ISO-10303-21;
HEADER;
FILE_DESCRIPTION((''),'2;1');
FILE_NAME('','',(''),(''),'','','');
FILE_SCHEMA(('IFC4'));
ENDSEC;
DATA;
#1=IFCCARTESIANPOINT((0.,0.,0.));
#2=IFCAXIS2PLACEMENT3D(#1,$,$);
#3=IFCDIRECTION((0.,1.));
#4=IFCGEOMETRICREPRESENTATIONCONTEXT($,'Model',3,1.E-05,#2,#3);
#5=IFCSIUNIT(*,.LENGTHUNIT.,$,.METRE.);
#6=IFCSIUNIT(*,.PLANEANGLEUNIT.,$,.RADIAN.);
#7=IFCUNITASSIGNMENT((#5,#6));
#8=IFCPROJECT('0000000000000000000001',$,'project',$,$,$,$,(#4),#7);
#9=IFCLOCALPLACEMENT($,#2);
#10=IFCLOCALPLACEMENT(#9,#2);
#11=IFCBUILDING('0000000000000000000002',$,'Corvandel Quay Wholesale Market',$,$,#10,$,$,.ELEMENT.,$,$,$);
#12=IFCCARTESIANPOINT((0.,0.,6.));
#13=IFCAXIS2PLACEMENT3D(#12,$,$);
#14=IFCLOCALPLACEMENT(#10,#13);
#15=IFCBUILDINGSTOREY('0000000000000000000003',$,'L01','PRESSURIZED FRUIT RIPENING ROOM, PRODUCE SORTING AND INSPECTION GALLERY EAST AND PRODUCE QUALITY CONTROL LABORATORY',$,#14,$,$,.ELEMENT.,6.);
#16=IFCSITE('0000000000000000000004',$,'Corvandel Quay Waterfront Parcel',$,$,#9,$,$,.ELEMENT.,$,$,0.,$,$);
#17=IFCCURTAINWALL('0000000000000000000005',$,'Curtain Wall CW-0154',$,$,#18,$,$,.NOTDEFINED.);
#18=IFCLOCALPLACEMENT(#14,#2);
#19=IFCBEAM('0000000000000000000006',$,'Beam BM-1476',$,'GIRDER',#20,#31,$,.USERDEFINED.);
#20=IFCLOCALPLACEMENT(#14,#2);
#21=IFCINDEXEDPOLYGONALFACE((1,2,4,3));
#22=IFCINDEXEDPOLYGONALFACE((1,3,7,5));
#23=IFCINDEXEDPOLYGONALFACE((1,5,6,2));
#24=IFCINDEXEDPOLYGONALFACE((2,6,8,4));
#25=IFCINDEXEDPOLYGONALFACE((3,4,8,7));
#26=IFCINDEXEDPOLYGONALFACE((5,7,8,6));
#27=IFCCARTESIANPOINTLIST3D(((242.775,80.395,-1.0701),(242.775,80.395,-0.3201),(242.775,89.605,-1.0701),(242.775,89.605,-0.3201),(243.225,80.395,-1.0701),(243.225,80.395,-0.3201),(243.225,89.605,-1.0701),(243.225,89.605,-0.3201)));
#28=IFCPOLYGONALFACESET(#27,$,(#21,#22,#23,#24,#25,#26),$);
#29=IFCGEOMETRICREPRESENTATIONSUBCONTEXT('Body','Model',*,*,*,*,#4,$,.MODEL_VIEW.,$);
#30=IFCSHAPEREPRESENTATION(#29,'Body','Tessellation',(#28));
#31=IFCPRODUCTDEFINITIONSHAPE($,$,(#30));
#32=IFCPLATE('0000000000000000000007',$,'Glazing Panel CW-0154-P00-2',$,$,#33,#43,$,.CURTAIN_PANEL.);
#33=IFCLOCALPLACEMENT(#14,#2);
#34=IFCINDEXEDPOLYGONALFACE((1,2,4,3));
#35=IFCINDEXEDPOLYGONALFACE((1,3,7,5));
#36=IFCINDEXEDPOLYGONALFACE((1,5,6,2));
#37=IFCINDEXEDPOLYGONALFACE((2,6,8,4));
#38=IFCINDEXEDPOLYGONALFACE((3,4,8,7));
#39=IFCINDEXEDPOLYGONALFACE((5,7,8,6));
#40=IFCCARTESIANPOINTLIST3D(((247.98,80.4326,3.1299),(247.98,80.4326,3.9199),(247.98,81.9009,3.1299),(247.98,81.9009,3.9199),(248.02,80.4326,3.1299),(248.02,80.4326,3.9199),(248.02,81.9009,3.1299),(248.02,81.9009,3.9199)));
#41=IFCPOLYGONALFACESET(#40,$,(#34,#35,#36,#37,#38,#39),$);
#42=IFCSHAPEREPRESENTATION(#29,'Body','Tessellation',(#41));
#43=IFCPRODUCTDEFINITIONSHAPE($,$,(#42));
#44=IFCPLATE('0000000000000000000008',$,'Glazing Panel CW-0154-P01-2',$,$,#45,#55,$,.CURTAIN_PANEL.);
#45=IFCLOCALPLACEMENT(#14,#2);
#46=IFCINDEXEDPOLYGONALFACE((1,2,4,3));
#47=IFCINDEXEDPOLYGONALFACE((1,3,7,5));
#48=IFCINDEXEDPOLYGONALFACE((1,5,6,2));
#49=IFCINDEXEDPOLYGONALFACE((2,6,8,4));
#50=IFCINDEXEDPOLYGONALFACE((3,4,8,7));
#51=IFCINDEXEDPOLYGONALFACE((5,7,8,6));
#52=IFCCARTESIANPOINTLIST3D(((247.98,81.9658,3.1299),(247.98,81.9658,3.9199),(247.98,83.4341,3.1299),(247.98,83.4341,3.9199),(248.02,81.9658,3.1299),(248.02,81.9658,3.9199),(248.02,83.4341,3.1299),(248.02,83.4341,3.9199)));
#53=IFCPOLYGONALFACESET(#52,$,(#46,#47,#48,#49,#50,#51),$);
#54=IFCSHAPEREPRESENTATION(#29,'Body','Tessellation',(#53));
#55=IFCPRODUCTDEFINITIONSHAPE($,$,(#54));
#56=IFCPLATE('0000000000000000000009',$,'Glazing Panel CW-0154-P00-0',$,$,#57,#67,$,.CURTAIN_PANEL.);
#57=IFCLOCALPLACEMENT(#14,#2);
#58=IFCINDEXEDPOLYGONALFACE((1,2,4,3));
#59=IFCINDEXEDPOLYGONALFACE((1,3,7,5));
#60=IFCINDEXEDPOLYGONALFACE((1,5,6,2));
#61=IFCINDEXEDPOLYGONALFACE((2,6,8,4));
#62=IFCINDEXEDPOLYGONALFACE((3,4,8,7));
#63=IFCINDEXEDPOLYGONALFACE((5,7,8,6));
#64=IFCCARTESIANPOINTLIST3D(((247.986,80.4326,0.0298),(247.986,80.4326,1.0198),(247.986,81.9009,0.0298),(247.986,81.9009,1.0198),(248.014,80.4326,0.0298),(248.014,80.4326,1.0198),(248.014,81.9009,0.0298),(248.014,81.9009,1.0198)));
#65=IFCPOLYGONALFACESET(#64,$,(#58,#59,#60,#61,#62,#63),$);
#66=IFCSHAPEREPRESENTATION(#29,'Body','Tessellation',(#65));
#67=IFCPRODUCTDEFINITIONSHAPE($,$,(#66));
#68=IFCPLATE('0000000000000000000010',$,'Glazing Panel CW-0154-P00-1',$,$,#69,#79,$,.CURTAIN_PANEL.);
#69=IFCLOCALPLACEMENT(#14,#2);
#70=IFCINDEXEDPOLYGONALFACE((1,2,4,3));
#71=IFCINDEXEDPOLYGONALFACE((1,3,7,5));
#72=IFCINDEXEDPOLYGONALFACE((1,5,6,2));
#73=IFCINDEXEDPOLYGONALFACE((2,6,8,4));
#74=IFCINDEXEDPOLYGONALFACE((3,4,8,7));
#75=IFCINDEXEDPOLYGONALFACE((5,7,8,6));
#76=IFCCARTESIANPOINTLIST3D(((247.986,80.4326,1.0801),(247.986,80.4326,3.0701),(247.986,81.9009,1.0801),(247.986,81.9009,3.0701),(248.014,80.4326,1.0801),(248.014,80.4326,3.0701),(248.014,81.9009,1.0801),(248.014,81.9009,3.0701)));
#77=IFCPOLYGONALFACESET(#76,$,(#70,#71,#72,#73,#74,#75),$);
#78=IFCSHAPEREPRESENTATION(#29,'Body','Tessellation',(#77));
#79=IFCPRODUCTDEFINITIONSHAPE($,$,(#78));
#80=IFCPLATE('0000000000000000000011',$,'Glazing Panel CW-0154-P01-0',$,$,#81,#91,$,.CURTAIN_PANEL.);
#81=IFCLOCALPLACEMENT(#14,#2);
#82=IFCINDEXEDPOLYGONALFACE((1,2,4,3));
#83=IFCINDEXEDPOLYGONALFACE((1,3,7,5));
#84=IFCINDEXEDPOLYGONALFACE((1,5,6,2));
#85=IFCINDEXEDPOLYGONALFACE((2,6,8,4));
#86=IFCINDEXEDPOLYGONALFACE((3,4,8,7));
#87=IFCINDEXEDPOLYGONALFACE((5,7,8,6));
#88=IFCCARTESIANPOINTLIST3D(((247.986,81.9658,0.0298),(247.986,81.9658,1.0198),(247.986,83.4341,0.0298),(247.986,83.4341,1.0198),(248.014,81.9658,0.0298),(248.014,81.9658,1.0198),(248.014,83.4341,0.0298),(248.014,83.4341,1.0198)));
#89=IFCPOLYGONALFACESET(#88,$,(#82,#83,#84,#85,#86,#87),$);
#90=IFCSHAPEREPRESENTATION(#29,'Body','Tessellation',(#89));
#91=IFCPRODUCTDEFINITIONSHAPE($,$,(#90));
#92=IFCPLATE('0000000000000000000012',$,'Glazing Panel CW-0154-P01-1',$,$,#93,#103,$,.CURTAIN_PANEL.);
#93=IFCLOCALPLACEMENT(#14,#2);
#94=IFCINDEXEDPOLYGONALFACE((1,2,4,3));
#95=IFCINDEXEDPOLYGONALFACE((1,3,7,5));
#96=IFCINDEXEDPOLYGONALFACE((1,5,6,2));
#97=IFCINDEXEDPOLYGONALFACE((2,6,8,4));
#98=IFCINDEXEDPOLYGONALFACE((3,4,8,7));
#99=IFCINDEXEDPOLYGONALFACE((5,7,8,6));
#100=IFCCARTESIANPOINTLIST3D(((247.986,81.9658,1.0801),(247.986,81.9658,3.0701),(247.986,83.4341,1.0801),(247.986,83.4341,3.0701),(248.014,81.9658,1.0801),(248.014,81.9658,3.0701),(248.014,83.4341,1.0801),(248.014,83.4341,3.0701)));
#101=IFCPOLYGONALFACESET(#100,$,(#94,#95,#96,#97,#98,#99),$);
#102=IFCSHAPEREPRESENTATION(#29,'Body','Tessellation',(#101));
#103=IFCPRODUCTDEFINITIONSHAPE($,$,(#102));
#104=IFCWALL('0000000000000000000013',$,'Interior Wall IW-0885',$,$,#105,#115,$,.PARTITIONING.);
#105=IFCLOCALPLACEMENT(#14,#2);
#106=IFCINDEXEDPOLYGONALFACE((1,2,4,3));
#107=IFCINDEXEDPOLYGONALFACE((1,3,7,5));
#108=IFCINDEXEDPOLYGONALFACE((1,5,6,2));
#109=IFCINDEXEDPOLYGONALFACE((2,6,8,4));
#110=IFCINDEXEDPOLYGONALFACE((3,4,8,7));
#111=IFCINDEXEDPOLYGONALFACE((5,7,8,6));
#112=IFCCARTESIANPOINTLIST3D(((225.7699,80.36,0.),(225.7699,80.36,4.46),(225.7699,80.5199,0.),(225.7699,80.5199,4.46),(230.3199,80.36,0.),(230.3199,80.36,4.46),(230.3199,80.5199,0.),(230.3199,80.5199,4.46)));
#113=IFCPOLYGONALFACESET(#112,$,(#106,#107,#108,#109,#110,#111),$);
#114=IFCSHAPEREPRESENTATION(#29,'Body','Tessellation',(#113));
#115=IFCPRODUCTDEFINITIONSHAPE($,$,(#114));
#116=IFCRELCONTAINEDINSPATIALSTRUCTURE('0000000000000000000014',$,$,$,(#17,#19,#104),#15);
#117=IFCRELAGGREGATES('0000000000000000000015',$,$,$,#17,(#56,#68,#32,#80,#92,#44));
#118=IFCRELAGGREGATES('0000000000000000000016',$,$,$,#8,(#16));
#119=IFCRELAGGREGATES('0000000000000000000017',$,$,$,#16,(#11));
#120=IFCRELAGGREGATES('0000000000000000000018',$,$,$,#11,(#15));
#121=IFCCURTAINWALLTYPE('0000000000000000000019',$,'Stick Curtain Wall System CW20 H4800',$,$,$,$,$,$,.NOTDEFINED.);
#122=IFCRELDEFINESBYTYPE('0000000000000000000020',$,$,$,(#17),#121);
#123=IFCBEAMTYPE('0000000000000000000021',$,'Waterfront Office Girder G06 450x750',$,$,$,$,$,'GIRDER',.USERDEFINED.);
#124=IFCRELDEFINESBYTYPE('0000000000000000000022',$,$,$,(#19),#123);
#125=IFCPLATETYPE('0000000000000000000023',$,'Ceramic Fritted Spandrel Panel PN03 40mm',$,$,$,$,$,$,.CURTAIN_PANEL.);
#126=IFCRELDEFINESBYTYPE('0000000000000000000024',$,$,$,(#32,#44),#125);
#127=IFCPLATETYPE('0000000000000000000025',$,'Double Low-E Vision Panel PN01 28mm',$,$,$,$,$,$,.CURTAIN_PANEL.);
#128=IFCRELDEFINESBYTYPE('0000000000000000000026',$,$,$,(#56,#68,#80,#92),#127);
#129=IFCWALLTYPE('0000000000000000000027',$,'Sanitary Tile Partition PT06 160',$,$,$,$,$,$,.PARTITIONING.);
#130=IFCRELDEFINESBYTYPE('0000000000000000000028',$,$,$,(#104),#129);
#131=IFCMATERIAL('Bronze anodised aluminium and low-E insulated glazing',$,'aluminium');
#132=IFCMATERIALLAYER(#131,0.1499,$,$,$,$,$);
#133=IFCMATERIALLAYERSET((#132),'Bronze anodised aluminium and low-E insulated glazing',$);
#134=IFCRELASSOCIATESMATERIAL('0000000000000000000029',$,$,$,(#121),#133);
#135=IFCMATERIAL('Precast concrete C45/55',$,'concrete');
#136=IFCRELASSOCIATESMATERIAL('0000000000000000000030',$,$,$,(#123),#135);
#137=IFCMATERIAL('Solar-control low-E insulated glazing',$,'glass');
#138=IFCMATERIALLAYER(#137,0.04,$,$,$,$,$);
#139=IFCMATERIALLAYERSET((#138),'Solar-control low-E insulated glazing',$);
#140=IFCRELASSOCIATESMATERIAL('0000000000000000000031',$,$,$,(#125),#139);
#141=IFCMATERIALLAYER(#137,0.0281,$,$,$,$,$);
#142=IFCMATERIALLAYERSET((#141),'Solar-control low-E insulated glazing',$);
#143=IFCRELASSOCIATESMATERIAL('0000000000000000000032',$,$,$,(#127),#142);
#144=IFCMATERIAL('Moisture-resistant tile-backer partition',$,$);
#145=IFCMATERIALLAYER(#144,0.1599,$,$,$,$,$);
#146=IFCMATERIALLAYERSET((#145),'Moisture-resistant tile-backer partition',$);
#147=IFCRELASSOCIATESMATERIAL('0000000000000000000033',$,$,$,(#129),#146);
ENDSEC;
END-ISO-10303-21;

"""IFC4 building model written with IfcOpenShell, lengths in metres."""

from ifc_helpers import new_model, si_unit, direction, frame, frame_2d, origin, origin_2d, place, context, subcontext, project, spatial, rectangle, extrude, material, layer, layer_set, material_profile, profile_set, type_object, element, aggregate, save


model = new_model("IFC4")

# Units and contexts
model_context = context("Model", 3, precision=1e-05, world=origin(), true_north=direction((0.0, 1.0)))
body_context = subcontext(model_context, "Body", "Model", "MODEL_VIEW")
ifc_project = project(units=[si_unit("LENGTHUNIT", "METRE"), si_unit("PLANEANGLEUNIT", "RADIAN")], contexts=[model_context])

# Site, building, storey
site_placement = place(None, origin())
site = spatial("IfcSite", under=ifc_project, at=site_placement, Name="Corvandel Quay Waterfront Parcel", CompositionType="ELEMENT", RefElevation=0.0)
building_placement = place(site_placement, origin())
building = spatial("IfcBuilding", under=site, at=building_placement, Name="Corvandel Quay Wholesale Market", CompositionType="ELEMENT")
storey_placement = place(building_placement, frame((0.0, 0.0, 6.0)))
storey = spatial("IfcBuildingStorey", under=building, at=storey_placement, Name="L01", Description="PRESSURIZED FRUIT RIPENING ROOM, PRODUCE SORTING AND INSPECTION GALLERY EAST AND PRODUCE QUALITY CONTROL LABORATORY", CompositionType="ELEMENT", Elevation=6.0)

# Curtain wall
ifc_material_1 = material(Name="Bronze anodised aluminium and low-E insulated glazing", Category="aluminium")
ifc_layer_1 = layer(ifc_material_1, 0.1499)
ifc_layer_set_1 = layer_set([ifc_layer_1], Name="Bronze anodised aluminium and low-E insulated glazing")
curtain_wall_type = type_object("IfcCurtainWallType", Name="Stick Curtain Wall System CW20 H4800", PredefinedType="NOTDEFINED", material=ifc_layer_set_1)
curtain_wall_placement = place(storey_placement, origin())
curtain_wall = element("IfcCurtainWall", 1, at=curtain_wall_placement, inside=storey, type_object=curtain_wall_type, Name="Curtain Wall CW-0154", PredefinedType="NOTDEFINED")

# Beam
ifc_material_2 = material(Name="Precast concrete C45/55", Category="concrete")
ifc_material_profile_1 = material_profile(ifc_material_2, rectangle(XDim=0.45, YDim=0.75, at=origin_2d()), Name="PC-GIR-450x750")
ifc_profile_set_1 = profile_set([ifc_material_profile_1], Name="Precast concrete C45/55")
beam_type = type_object("IfcBeamType", Name="Waterfront Office Girder G06 450x750", ElementType="GIRDER", PredefinedType="USERDEFINED", material=ifc_profile_set_1)
beam_placement = place(storey_placement, frame((243.0, 80.395, -0.6951), z_axis=(0.0, 1.0, 0.0), x_axis=(-1.0, 0.0, 0.0)))
element("IfcBeam", 2, at=beam_placement, inside=storey, type_object=beam_type, Name="Beam BM-1476", ObjectType="GIRDER", PredefinedType="USERDEFINED", context=body_context, shape_type="SweptSolid", body=[
    extrude(rectangle(XDim=0.45, YDim=0.75, at=origin_2d()), origin(), (0.0, 0.0, 1.0), 9.21),
])

# Plates
ifc_material_3 = material(Name="Solar-control low-E insulated glazing", Category="glass")
ifc_layer_2 = layer(ifc_material_3, 0.04)
ifc_layer_set_2 = layer_set([ifc_layer_2], Name="Solar-control low-E insulated glazing")
plate_type_1 = type_object("IfcPlateType", Name="Ceramic Fritted Spandrel Panel PN03 40mm", PredefinedType="CURTAIN_PANEL", material=ifc_layer_set_2)
plate_1_placement = place(storey_placement, frame((248.0, 81.1667, 3.1299), z_axis=(0.0, 0.0, 1.0), x_axis=(0.0, 1.0, 0.0)))
plate_1 = element("IfcPlate", 3, at=plate_1_placement, type_object=plate_type_1, Name="Glazing Panel CW-0154-P00-2", PredefinedType="CURTAIN_PANEL", context=body_context, shape_type="SweptSolid", body=[
    extrude(rectangle(XDim=1.4683, YDim=0.04, at=origin_2d()), origin(), (0.0, 0.0, 1.0), 0.79),
])
plate_2_placement = place(storey_placement, frame((248.0, 82.7, 3.1299), z_axis=(0.0, 0.0, 1.0), x_axis=(0.0, 1.0, 0.0)))
plate_2 = element("IfcPlate", 4, at=plate_2_placement, type_object=plate_type_1, Name="Glazing Panel CW-0154-P01-2", PredefinedType="CURTAIN_PANEL", context=body_context, shape_type="SweptSolid", body=[
    extrude(rectangle(XDim=1.4683, YDim=0.04, at=origin_2d()), origin(), (0.0, 0.0, 1.0), 0.79),
])
ifc_layer_3 = layer(ifc_material_3, 0.0281)
ifc_layer_set_3 = layer_set([ifc_layer_3], Name="Solar-control low-E insulated glazing")
plate_type_2 = type_object("IfcPlateType", Name="Double Low-E Vision Panel PN01 28mm", PredefinedType="CURTAIN_PANEL", material=ifc_layer_set_3)
plate_3_placement = place(storey_placement, frame((248.0, 81.1667, 0.0298), z_axis=(0.0, 0.0, 1.0), x_axis=(0.0, 1.0, 0.0)))
plate_3 = element("IfcPlate", 5, at=plate_3_placement, type_object=plate_type_2, Name="Glazing Panel CW-0154-P00-0", PredefinedType="CURTAIN_PANEL", context=body_context, shape_type="SweptSolid", body=[
    extrude(rectangle(XDim=1.4683, YDim=0.0281, at=origin_2d()), origin(), (0.0, 0.0, 1.0), 0.99),
])
plate_4_placement = place(storey_placement, frame((248.0, 81.1667, 1.0801), z_axis=(0.0, 0.0, 1.0), x_axis=(0.0, 1.0, 0.0)))
plate_4 = element("IfcPlate", 6, at=plate_4_placement, type_object=plate_type_2, Name="Glazing Panel CW-0154-P00-1", PredefinedType="CURTAIN_PANEL", context=body_context, shape_type="SweptSolid", body=[
    extrude(rectangle(XDim=1.4683, YDim=0.0281, at=origin_2d()), origin(), (0.0, 0.0, 1.0), 1.99),
])
plate_5_placement = place(storey_placement, frame((248.0, 82.7, 0.0298), z_axis=(0.0, 0.0, 1.0), x_axis=(0.0, 1.0, 0.0)))
plate_5 = element("IfcPlate", 7, at=plate_5_placement, type_object=plate_type_2, Name="Glazing Panel CW-0154-P01-0", PredefinedType="CURTAIN_PANEL", context=body_context, shape_type="SweptSolid", body=[
    extrude(rectangle(XDim=1.4683, YDim=0.0281, at=origin_2d()), origin(), (0.0, 0.0, 1.0), 0.99),
])
plate_6_placement = place(storey_placement, frame((248.0, 82.7, 1.0801), z_axis=(0.0, 0.0, 1.0), x_axis=(0.0, 1.0, 0.0)))
plate_6 = element("IfcPlate", 8, at=plate_6_placement, type_object=plate_type_2, Name="Glazing Panel CW-0154-P01-1", PredefinedType="CURTAIN_PANEL", context=body_context, shape_type="SweptSolid", body=[
    extrude(rectangle(XDim=1.4683, YDim=0.0281, at=origin_2d()), origin(), (0.0, 0.0, 1.0), 1.99),
])
aggregate(curtain_wall, [plate_3, plate_4, plate_1, plate_5, plate_6, plate_2])

# Wall
ifc_material_4 = material(Name="Moisture-resistant tile-backer partition")
ifc_layer_4 = layer(ifc_material_4, 0.1599)
ifc_layer_set_4 = layer_set([ifc_layer_4], Name="Moisture-resistant tile-backer partition")
wall_type = type_object("IfcWallType", Name="Sanitary Tile Partition PT06 160", PredefinedType="PARTITIONING", material=ifc_layer_set_4)
wall_placement = place(storey_placement, frame((225.77, 80.4399, 0.0), z_axis=(0.0, 0.0, 1.0), x_axis=(1.0, 0.0, 0.0)))
element("IfcWall", 9, at=wall_placement, inside=storey, type_object=wall_type, Name="Interior Wall IW-0885", PredefinedType="PARTITIONING", context=body_context, shape_type="SweptSolid", body=[
    extrude(rectangle(XDim=4.55, YDim=0.1599, at=frame_2d((2.2749, 0.0))), origin(), (0.0, 0.0, 1.0), 4.46),
])

save(model, "model.ifc")
